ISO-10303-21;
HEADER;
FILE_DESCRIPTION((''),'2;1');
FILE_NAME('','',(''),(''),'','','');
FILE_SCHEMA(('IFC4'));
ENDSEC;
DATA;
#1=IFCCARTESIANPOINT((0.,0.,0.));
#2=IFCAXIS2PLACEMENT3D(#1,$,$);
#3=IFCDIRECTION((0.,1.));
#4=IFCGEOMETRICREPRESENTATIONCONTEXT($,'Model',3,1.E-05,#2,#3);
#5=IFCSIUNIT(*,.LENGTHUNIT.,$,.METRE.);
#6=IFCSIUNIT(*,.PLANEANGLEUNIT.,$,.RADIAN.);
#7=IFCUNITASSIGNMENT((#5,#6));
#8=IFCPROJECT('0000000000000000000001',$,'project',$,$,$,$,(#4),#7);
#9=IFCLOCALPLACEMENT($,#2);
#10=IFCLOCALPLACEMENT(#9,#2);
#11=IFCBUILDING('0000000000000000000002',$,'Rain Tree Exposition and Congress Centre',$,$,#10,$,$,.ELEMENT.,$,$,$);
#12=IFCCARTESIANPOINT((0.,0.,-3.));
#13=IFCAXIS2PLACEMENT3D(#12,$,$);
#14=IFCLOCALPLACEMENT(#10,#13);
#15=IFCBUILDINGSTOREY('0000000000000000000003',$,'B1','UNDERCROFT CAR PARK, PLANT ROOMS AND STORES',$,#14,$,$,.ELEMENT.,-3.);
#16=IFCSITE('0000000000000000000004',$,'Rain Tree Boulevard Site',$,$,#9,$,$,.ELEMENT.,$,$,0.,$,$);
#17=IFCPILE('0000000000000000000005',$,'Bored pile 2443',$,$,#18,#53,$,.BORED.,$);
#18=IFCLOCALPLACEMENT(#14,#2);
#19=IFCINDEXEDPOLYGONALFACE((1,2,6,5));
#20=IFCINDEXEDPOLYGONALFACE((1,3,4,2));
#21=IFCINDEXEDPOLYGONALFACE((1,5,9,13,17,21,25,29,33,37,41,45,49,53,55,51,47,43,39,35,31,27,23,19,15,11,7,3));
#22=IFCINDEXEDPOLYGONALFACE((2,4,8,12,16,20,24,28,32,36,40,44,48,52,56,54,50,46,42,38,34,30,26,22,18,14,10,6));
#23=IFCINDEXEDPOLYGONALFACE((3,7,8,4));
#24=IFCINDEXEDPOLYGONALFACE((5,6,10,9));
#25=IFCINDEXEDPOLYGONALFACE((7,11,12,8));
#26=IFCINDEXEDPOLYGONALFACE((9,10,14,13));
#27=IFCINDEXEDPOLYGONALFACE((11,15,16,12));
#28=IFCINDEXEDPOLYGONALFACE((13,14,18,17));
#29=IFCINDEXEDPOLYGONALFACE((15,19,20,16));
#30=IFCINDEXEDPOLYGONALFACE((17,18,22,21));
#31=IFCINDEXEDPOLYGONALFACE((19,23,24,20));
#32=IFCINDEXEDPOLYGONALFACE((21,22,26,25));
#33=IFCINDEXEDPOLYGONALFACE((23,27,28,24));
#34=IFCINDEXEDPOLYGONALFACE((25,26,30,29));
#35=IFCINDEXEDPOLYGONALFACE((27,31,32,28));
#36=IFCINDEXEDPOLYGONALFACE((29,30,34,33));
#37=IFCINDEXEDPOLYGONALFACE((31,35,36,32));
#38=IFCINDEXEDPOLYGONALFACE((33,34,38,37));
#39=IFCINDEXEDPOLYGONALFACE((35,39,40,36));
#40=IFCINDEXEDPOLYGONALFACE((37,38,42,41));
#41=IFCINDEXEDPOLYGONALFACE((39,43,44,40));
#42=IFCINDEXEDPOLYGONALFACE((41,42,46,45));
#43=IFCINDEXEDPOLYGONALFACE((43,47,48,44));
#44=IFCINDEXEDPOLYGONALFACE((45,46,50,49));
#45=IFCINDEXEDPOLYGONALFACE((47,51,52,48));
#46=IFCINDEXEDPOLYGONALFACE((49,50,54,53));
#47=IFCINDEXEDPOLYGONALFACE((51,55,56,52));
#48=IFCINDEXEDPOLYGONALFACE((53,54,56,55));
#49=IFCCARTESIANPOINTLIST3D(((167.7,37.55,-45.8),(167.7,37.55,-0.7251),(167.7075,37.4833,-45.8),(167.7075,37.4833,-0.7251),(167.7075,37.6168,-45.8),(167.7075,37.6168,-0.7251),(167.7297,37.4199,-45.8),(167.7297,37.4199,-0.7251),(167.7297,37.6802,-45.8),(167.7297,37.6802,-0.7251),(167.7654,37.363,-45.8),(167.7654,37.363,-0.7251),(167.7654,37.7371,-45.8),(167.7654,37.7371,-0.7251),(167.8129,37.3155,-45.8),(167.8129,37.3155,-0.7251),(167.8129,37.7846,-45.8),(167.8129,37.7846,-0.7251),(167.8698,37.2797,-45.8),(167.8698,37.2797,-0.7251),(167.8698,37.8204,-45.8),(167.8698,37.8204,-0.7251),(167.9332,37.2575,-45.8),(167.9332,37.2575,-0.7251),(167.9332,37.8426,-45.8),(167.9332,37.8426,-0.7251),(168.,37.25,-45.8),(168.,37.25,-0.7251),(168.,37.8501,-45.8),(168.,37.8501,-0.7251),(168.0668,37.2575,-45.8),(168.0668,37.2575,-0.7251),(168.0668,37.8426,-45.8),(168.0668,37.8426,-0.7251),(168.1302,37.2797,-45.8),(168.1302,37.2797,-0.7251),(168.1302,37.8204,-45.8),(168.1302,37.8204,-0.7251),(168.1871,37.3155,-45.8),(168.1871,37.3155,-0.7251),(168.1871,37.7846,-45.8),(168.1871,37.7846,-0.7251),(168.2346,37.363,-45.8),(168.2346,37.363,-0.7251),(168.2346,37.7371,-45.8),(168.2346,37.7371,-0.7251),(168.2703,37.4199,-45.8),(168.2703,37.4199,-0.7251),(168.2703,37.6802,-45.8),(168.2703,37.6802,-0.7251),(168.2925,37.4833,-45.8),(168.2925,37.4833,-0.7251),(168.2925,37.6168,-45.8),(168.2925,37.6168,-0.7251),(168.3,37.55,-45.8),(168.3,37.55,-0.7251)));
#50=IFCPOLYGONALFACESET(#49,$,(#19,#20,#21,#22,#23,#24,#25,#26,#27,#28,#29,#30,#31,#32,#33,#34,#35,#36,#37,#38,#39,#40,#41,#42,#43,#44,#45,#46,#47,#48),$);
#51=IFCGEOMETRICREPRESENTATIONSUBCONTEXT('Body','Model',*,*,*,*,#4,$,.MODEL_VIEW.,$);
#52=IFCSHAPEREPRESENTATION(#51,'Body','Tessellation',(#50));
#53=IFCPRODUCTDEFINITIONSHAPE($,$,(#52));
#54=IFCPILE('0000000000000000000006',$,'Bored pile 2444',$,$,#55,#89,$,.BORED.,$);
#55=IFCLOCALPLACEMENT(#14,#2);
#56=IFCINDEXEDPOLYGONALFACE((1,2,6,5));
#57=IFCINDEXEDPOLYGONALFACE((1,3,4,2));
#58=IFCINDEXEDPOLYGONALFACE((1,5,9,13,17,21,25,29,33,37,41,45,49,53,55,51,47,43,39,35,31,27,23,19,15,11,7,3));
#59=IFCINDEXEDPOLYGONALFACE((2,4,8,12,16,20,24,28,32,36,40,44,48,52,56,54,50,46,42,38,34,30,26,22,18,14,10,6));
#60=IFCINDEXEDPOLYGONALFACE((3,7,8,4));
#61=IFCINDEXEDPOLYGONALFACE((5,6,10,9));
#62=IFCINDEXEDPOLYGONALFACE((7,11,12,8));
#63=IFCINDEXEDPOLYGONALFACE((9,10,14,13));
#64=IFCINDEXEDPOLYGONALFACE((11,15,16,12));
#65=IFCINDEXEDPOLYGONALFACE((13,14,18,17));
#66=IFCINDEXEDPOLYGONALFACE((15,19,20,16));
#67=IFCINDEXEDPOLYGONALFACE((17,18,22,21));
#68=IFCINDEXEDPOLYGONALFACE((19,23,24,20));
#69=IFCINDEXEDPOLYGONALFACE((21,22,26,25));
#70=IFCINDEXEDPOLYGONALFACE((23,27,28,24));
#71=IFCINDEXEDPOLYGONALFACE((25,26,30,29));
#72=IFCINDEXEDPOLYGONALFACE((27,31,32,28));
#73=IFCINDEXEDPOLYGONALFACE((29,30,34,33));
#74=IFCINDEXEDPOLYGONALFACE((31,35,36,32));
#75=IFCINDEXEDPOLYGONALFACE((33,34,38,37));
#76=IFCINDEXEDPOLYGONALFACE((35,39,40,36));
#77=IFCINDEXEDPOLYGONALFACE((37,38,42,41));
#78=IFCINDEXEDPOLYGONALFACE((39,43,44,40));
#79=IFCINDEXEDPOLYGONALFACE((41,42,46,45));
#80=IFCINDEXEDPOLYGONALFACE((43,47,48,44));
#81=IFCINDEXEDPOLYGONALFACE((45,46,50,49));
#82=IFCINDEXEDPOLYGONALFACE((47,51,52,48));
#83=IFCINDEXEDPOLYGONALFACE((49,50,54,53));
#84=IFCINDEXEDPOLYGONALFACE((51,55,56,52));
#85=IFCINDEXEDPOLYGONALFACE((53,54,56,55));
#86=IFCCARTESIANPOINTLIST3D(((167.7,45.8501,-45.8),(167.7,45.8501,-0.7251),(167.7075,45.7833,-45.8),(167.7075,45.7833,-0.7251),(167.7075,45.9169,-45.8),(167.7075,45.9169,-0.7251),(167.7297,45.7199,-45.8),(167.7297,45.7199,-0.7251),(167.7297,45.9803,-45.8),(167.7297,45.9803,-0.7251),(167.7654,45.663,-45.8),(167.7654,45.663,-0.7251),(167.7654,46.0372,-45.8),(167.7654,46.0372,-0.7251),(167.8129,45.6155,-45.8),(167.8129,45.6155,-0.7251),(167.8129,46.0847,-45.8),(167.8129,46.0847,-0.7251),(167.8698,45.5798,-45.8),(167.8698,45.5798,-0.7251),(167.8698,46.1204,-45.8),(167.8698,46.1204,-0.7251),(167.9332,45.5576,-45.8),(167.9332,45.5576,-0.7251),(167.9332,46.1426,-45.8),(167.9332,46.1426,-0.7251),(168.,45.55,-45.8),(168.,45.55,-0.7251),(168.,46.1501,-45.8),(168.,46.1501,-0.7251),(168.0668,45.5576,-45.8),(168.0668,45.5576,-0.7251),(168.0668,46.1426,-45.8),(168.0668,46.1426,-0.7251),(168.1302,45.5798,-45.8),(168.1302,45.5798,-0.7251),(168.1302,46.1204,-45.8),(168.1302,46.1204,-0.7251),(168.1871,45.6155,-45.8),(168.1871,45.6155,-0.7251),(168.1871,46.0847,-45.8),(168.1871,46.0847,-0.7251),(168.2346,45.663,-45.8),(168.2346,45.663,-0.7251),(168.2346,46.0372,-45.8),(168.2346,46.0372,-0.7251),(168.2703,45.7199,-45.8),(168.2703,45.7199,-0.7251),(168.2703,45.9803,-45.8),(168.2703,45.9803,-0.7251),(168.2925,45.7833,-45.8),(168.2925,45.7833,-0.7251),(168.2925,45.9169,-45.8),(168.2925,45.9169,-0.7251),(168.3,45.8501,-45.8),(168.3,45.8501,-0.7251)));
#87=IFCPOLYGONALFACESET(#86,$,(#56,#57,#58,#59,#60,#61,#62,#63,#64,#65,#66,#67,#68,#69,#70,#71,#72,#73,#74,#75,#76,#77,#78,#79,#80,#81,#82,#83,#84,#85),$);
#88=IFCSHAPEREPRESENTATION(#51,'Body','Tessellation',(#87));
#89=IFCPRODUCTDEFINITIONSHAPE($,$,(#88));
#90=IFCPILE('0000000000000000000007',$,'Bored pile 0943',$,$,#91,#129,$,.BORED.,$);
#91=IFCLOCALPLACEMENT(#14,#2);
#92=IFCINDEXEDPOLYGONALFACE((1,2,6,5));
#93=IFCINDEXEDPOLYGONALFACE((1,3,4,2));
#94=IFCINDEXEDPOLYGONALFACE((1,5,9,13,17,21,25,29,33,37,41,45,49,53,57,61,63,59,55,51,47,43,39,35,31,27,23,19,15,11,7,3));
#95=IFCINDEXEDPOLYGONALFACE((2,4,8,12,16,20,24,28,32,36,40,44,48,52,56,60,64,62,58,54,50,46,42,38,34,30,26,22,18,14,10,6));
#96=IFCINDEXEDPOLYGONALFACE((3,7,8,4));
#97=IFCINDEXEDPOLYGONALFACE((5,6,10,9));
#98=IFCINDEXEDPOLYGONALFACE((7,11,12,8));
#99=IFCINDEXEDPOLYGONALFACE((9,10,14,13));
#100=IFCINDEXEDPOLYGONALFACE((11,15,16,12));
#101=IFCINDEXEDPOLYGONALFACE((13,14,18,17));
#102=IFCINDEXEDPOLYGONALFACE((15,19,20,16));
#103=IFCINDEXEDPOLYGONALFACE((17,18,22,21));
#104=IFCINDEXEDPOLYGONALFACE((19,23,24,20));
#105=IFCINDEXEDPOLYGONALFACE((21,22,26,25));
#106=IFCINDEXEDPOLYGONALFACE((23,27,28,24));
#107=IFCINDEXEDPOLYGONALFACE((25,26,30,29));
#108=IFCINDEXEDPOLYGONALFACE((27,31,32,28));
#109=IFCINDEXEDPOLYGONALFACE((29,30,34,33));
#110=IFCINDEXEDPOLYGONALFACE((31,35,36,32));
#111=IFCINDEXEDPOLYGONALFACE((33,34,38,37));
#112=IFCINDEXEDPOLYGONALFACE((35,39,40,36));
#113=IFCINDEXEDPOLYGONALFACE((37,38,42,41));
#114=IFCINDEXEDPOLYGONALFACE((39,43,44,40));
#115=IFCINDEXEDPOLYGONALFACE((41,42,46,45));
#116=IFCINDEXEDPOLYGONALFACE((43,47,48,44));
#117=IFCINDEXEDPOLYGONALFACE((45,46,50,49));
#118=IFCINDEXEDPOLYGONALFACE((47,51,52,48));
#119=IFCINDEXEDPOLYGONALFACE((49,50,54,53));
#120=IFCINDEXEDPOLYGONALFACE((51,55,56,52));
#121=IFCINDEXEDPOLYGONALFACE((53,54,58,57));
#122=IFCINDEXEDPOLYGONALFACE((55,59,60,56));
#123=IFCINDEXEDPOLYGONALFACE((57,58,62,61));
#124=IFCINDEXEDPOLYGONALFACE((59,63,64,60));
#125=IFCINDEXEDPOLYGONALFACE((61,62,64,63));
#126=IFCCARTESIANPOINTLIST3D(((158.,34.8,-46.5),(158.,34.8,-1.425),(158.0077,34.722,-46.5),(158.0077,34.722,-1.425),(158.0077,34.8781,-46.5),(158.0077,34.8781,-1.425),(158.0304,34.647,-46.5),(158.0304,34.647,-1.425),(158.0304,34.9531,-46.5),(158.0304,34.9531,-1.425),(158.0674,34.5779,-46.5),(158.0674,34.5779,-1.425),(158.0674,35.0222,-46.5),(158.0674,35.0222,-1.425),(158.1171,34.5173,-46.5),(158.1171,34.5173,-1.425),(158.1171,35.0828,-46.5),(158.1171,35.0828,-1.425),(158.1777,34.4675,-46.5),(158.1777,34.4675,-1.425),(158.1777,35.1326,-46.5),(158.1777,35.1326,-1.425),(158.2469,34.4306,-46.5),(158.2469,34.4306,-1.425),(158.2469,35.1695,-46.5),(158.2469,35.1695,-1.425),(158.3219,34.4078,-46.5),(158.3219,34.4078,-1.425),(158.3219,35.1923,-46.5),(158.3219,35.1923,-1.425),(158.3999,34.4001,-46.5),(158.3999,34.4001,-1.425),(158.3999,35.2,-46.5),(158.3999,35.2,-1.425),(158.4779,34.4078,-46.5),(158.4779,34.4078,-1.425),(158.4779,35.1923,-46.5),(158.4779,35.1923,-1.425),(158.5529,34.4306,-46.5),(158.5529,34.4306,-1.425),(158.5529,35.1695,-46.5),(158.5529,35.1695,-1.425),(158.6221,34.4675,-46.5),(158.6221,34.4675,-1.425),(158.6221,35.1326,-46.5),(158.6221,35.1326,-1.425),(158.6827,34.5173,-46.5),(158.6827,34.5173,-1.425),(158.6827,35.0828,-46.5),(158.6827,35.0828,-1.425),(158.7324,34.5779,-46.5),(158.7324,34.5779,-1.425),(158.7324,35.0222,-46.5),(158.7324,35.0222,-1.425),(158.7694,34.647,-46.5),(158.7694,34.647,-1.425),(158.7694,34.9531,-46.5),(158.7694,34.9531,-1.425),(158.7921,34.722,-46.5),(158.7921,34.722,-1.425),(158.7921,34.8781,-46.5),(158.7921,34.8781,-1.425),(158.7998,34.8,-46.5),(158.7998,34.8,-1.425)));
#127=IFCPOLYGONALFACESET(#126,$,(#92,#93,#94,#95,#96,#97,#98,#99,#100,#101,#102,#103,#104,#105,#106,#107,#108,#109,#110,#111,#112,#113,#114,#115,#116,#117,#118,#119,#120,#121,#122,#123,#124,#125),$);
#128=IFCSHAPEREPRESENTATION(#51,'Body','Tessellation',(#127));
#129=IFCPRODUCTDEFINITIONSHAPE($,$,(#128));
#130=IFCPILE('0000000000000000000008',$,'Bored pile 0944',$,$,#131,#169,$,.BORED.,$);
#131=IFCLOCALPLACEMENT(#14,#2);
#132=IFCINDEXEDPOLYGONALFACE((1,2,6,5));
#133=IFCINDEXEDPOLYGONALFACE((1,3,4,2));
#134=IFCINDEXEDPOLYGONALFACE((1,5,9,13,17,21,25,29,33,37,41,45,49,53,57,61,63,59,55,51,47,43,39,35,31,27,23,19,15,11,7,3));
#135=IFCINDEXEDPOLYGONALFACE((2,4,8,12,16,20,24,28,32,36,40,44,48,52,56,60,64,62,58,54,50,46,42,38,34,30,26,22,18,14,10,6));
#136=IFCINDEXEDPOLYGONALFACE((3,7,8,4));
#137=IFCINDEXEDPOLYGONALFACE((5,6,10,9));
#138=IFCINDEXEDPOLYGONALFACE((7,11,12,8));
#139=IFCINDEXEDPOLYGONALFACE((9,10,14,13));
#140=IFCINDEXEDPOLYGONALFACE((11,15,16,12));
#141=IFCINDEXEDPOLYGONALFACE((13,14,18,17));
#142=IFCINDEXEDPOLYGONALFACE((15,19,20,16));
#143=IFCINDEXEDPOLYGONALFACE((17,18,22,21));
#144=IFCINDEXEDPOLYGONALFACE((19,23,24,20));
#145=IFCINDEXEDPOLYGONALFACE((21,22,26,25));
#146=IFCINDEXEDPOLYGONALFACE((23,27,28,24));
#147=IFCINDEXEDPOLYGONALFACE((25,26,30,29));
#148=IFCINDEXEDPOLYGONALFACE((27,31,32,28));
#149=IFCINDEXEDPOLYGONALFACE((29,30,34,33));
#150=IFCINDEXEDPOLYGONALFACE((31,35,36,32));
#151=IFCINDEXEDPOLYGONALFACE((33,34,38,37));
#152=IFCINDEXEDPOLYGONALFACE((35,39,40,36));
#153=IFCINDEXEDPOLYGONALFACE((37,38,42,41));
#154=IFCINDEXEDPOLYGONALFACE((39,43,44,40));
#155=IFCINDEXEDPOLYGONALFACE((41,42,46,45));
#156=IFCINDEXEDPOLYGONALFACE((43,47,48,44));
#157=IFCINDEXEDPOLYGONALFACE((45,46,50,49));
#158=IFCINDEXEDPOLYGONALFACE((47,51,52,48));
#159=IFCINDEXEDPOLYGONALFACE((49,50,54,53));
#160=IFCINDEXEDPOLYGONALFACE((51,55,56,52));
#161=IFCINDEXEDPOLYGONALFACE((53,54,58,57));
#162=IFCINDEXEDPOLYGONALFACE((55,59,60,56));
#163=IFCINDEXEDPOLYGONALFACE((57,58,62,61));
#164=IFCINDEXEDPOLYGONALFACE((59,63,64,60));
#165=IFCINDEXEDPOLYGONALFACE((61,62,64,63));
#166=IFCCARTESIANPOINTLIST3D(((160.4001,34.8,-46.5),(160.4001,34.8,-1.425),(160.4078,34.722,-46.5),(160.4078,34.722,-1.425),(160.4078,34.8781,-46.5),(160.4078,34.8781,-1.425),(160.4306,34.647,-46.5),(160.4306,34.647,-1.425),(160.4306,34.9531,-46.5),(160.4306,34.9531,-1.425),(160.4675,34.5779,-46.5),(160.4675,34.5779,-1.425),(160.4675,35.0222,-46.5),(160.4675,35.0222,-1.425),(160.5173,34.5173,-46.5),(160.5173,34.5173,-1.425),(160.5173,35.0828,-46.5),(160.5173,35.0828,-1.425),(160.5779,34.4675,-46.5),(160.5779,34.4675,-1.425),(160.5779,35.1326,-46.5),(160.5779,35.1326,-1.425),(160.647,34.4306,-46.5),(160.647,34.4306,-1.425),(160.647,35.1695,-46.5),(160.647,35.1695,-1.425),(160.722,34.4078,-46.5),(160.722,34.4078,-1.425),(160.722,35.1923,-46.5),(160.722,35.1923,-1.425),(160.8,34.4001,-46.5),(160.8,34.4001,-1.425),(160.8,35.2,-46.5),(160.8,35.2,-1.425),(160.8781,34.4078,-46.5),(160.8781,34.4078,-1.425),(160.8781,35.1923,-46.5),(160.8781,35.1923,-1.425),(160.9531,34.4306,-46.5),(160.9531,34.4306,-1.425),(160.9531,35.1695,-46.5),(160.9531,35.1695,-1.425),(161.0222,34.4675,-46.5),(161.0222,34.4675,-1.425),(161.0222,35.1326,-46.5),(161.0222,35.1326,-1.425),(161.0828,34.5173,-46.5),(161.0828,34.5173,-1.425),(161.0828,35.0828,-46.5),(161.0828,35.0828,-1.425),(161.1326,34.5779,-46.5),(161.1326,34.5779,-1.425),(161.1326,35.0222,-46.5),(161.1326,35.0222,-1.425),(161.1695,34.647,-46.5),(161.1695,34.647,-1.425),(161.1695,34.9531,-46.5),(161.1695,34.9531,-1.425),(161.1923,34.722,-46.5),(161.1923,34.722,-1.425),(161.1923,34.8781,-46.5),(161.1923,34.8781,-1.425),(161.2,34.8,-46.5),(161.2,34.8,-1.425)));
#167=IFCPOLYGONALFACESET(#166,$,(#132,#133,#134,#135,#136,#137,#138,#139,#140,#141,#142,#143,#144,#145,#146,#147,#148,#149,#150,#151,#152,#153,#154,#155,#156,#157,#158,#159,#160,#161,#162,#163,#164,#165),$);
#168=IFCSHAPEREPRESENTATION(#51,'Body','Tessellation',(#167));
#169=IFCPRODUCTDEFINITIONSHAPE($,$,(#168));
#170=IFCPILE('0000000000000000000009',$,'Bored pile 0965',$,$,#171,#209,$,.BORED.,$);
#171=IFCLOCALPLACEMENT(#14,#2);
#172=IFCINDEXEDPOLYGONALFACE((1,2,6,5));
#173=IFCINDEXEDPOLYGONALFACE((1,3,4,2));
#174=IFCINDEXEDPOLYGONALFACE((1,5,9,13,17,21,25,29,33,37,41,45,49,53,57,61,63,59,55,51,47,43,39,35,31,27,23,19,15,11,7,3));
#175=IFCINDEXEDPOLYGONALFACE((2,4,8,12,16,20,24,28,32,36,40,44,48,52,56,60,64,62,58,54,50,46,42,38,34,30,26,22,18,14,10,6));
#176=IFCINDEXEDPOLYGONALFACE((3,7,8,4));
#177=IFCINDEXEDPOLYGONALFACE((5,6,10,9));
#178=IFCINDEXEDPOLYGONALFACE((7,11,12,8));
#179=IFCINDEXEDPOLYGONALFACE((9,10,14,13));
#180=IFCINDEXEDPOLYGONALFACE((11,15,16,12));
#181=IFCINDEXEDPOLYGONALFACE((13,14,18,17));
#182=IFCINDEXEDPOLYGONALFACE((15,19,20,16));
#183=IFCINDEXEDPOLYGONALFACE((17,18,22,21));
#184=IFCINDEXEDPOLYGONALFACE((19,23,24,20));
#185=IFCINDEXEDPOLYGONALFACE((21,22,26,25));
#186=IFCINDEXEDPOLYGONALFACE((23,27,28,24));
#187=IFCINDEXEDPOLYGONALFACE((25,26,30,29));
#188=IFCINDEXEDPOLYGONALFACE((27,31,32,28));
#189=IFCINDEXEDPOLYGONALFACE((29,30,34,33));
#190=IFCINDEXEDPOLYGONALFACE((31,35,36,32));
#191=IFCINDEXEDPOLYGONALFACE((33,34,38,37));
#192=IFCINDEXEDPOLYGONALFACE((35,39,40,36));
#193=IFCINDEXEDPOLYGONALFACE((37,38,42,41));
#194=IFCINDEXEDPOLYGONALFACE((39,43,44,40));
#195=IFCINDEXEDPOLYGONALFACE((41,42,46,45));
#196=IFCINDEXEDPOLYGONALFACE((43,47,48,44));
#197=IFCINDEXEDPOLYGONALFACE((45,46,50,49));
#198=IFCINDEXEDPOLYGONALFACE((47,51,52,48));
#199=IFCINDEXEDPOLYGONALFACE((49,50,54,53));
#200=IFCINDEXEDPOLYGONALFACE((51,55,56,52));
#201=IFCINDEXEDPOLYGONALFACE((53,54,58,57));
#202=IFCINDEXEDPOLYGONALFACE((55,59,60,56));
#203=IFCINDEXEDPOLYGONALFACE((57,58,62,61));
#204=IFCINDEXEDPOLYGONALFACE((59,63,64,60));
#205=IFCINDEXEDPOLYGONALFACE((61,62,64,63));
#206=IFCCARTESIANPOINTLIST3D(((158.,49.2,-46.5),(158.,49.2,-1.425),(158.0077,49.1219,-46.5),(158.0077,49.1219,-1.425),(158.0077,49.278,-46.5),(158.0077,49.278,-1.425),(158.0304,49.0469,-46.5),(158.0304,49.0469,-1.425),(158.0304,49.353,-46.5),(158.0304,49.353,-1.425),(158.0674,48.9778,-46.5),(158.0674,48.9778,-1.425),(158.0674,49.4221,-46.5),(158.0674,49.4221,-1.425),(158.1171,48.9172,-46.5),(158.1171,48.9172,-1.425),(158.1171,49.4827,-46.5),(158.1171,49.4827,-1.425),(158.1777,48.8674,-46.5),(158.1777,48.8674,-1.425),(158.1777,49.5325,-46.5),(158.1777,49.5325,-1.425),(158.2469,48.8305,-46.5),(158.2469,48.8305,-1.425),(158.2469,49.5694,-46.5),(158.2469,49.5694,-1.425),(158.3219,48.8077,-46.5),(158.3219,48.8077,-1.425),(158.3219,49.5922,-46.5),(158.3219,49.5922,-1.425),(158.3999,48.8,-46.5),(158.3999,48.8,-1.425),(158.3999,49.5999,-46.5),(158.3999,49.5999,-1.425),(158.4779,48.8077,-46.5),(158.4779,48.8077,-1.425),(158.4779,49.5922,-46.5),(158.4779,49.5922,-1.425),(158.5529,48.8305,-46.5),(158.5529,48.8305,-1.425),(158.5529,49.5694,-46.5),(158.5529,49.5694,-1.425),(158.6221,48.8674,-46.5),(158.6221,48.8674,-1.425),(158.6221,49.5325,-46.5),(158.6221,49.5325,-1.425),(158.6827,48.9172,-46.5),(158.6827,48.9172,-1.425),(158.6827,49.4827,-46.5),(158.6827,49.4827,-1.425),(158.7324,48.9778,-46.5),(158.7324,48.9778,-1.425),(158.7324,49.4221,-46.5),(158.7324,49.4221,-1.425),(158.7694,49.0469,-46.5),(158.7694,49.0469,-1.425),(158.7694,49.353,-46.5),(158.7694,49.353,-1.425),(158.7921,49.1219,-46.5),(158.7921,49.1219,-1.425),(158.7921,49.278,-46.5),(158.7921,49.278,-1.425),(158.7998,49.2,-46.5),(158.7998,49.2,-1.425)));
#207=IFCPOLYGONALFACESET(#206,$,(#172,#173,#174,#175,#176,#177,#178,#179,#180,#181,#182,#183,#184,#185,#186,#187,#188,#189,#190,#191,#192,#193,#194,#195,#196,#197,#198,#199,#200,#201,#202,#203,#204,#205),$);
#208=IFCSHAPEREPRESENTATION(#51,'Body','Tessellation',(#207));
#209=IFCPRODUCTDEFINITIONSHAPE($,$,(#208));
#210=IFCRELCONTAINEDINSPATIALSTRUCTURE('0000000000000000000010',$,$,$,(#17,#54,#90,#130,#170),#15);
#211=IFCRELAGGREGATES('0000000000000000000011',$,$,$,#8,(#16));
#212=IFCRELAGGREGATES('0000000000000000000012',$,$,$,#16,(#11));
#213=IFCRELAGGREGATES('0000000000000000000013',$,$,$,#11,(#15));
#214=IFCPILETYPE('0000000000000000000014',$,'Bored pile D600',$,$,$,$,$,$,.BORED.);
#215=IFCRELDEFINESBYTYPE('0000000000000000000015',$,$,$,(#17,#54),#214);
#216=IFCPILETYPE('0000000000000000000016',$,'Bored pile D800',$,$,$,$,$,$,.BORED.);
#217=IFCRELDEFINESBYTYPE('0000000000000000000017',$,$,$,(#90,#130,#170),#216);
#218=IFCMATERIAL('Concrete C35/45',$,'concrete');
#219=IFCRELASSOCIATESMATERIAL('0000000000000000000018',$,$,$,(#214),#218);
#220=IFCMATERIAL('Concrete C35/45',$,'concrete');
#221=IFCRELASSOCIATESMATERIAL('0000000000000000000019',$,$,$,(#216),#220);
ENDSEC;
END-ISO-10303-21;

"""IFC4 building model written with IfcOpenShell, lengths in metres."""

from ifc_helpers import new_model, si_unit, direction, frame, origin, origin_2d, place, context, subcontext, project, spatial, circle, extrude, material, material_profile, profile_set, type_object, element, save


model = new_model("IFC4")

# Units and contexts
model_context = context("Model", 3, precision=1e-05, world=origin(), true_north=direction((0.0, 1.0)))
body_context = subcontext(model_context, "Body", "Model", "MODEL_VIEW")
ifc_project = project(units=[si_unit("LENGTHUNIT", "METRE"), si_unit("PLANEANGLEUNIT", "RADIAN")], contexts=[model_context])

# Site, building, storey
site_placement = place(None, origin())
site = spatial("IfcSite", under=ifc_project, at=site_placement, Name="Rain Tree Boulevard Site", CompositionType="ELEMENT", RefElevation=0.0)
building_placement = place(site_placement, origin())
building = spatial("IfcBuilding", under=site, at=building_placement, Name="Rain Tree Exposition and Congress Centre", CompositionType="ELEMENT")
storey_placement = place(building_placement, frame((0.0, 0.0, -3.0)))
storey = spatial("IfcBuildingStorey", under=building, at=storey_placement, Name="B1", Description="UNDERCROFT CAR PARK, PLANT ROOMS AND STORES", CompositionType="ELEMENT", Elevation=-3.0)

# Piles
ifc_material_1 = material(Name="Concrete C35/45", Category="concrete")
ifc_material_profile_1 = material_profile(ifc_material_1, circle(Radius=0.3, at=origin_2d()), Name="D600")
ifc_profile_set_1 = profile_set([ifc_material_profile_1], Name="Concrete C35/45")
pile_type_1 = type_object("IfcPileType", Name="Bored pile D600", PredefinedType="BORED", material=ifc_profile_set_1)
for number, where, z_axis, x_axis, name in (
    (1, (168.0, 37.55, -0.7251), (0.0, 0.0, -1.0), (1.0, 0.0, 0.0), "Bored pile 2443"),
    (2, (168.0, 45.8501, -0.7251), (0.0, 0.0, -1.0), (1.0, 0.0, 0.0), "Bored pile 2444"),
):
    element("IfcPile", number, at=place(storey_placement, frame(where, z_axis=z_axis, x_axis=x_axis)), inside=storey, type_object=pile_type_1, Name=name, PredefinedType="BORED", context=body_context, shape_type="SweptSolid", body=[
        extrude(circle(Radius=0.3, at=origin_2d()), origin(), (0.0, 0.0, 1.0), 45.075),
    ])
ifc_material_2 = material(Name="Concrete C35/45", Category="concrete")
ifc_material_profile_2 = material_profile(ifc_material_2, circle(Radius=0.3999, at=origin_2d()), Name="D800")
ifc_profile_set_2 = profile_set([ifc_material_profile_2], Name="Concrete C35/45")
pile_type_2 = type_object("IfcPileType", Name="Bored pile D800", PredefinedType="BORED", material=ifc_profile_set_2)
for number, where, z_axis, x_axis, name in (
    (3, (158.3999, 34.8, -1.425), (0.0, 0.0, -1.0), (1.0, 0.0, 0.0), "Bored pile 0943"),
    (4, (160.8, 34.8, -1.425), (0.0, 0.0, -1.0), (1.0, 0.0, 0.0), "Bored pile 0944"),
    (5, (158.3999, 49.2, -1.425), (0.0, 0.0, -1.0), (1.0, 0.0, 0.0), "Bored pile 0965"),
):
    element("IfcPile", number, at=place(storey_placement, frame(where, z_axis=z_axis, x_axis=x_axis)), inside=storey, type_object=pile_type_2, Name=name, PredefinedType="BORED", context=body_context, shape_type="SweptSolid", body=[
        extrude(circle(Radius=0.3999, at=origin_2d()), origin(), (0.0, 0.0, 1.0), 45.075),
    ])

save(model, "model.ifc")
